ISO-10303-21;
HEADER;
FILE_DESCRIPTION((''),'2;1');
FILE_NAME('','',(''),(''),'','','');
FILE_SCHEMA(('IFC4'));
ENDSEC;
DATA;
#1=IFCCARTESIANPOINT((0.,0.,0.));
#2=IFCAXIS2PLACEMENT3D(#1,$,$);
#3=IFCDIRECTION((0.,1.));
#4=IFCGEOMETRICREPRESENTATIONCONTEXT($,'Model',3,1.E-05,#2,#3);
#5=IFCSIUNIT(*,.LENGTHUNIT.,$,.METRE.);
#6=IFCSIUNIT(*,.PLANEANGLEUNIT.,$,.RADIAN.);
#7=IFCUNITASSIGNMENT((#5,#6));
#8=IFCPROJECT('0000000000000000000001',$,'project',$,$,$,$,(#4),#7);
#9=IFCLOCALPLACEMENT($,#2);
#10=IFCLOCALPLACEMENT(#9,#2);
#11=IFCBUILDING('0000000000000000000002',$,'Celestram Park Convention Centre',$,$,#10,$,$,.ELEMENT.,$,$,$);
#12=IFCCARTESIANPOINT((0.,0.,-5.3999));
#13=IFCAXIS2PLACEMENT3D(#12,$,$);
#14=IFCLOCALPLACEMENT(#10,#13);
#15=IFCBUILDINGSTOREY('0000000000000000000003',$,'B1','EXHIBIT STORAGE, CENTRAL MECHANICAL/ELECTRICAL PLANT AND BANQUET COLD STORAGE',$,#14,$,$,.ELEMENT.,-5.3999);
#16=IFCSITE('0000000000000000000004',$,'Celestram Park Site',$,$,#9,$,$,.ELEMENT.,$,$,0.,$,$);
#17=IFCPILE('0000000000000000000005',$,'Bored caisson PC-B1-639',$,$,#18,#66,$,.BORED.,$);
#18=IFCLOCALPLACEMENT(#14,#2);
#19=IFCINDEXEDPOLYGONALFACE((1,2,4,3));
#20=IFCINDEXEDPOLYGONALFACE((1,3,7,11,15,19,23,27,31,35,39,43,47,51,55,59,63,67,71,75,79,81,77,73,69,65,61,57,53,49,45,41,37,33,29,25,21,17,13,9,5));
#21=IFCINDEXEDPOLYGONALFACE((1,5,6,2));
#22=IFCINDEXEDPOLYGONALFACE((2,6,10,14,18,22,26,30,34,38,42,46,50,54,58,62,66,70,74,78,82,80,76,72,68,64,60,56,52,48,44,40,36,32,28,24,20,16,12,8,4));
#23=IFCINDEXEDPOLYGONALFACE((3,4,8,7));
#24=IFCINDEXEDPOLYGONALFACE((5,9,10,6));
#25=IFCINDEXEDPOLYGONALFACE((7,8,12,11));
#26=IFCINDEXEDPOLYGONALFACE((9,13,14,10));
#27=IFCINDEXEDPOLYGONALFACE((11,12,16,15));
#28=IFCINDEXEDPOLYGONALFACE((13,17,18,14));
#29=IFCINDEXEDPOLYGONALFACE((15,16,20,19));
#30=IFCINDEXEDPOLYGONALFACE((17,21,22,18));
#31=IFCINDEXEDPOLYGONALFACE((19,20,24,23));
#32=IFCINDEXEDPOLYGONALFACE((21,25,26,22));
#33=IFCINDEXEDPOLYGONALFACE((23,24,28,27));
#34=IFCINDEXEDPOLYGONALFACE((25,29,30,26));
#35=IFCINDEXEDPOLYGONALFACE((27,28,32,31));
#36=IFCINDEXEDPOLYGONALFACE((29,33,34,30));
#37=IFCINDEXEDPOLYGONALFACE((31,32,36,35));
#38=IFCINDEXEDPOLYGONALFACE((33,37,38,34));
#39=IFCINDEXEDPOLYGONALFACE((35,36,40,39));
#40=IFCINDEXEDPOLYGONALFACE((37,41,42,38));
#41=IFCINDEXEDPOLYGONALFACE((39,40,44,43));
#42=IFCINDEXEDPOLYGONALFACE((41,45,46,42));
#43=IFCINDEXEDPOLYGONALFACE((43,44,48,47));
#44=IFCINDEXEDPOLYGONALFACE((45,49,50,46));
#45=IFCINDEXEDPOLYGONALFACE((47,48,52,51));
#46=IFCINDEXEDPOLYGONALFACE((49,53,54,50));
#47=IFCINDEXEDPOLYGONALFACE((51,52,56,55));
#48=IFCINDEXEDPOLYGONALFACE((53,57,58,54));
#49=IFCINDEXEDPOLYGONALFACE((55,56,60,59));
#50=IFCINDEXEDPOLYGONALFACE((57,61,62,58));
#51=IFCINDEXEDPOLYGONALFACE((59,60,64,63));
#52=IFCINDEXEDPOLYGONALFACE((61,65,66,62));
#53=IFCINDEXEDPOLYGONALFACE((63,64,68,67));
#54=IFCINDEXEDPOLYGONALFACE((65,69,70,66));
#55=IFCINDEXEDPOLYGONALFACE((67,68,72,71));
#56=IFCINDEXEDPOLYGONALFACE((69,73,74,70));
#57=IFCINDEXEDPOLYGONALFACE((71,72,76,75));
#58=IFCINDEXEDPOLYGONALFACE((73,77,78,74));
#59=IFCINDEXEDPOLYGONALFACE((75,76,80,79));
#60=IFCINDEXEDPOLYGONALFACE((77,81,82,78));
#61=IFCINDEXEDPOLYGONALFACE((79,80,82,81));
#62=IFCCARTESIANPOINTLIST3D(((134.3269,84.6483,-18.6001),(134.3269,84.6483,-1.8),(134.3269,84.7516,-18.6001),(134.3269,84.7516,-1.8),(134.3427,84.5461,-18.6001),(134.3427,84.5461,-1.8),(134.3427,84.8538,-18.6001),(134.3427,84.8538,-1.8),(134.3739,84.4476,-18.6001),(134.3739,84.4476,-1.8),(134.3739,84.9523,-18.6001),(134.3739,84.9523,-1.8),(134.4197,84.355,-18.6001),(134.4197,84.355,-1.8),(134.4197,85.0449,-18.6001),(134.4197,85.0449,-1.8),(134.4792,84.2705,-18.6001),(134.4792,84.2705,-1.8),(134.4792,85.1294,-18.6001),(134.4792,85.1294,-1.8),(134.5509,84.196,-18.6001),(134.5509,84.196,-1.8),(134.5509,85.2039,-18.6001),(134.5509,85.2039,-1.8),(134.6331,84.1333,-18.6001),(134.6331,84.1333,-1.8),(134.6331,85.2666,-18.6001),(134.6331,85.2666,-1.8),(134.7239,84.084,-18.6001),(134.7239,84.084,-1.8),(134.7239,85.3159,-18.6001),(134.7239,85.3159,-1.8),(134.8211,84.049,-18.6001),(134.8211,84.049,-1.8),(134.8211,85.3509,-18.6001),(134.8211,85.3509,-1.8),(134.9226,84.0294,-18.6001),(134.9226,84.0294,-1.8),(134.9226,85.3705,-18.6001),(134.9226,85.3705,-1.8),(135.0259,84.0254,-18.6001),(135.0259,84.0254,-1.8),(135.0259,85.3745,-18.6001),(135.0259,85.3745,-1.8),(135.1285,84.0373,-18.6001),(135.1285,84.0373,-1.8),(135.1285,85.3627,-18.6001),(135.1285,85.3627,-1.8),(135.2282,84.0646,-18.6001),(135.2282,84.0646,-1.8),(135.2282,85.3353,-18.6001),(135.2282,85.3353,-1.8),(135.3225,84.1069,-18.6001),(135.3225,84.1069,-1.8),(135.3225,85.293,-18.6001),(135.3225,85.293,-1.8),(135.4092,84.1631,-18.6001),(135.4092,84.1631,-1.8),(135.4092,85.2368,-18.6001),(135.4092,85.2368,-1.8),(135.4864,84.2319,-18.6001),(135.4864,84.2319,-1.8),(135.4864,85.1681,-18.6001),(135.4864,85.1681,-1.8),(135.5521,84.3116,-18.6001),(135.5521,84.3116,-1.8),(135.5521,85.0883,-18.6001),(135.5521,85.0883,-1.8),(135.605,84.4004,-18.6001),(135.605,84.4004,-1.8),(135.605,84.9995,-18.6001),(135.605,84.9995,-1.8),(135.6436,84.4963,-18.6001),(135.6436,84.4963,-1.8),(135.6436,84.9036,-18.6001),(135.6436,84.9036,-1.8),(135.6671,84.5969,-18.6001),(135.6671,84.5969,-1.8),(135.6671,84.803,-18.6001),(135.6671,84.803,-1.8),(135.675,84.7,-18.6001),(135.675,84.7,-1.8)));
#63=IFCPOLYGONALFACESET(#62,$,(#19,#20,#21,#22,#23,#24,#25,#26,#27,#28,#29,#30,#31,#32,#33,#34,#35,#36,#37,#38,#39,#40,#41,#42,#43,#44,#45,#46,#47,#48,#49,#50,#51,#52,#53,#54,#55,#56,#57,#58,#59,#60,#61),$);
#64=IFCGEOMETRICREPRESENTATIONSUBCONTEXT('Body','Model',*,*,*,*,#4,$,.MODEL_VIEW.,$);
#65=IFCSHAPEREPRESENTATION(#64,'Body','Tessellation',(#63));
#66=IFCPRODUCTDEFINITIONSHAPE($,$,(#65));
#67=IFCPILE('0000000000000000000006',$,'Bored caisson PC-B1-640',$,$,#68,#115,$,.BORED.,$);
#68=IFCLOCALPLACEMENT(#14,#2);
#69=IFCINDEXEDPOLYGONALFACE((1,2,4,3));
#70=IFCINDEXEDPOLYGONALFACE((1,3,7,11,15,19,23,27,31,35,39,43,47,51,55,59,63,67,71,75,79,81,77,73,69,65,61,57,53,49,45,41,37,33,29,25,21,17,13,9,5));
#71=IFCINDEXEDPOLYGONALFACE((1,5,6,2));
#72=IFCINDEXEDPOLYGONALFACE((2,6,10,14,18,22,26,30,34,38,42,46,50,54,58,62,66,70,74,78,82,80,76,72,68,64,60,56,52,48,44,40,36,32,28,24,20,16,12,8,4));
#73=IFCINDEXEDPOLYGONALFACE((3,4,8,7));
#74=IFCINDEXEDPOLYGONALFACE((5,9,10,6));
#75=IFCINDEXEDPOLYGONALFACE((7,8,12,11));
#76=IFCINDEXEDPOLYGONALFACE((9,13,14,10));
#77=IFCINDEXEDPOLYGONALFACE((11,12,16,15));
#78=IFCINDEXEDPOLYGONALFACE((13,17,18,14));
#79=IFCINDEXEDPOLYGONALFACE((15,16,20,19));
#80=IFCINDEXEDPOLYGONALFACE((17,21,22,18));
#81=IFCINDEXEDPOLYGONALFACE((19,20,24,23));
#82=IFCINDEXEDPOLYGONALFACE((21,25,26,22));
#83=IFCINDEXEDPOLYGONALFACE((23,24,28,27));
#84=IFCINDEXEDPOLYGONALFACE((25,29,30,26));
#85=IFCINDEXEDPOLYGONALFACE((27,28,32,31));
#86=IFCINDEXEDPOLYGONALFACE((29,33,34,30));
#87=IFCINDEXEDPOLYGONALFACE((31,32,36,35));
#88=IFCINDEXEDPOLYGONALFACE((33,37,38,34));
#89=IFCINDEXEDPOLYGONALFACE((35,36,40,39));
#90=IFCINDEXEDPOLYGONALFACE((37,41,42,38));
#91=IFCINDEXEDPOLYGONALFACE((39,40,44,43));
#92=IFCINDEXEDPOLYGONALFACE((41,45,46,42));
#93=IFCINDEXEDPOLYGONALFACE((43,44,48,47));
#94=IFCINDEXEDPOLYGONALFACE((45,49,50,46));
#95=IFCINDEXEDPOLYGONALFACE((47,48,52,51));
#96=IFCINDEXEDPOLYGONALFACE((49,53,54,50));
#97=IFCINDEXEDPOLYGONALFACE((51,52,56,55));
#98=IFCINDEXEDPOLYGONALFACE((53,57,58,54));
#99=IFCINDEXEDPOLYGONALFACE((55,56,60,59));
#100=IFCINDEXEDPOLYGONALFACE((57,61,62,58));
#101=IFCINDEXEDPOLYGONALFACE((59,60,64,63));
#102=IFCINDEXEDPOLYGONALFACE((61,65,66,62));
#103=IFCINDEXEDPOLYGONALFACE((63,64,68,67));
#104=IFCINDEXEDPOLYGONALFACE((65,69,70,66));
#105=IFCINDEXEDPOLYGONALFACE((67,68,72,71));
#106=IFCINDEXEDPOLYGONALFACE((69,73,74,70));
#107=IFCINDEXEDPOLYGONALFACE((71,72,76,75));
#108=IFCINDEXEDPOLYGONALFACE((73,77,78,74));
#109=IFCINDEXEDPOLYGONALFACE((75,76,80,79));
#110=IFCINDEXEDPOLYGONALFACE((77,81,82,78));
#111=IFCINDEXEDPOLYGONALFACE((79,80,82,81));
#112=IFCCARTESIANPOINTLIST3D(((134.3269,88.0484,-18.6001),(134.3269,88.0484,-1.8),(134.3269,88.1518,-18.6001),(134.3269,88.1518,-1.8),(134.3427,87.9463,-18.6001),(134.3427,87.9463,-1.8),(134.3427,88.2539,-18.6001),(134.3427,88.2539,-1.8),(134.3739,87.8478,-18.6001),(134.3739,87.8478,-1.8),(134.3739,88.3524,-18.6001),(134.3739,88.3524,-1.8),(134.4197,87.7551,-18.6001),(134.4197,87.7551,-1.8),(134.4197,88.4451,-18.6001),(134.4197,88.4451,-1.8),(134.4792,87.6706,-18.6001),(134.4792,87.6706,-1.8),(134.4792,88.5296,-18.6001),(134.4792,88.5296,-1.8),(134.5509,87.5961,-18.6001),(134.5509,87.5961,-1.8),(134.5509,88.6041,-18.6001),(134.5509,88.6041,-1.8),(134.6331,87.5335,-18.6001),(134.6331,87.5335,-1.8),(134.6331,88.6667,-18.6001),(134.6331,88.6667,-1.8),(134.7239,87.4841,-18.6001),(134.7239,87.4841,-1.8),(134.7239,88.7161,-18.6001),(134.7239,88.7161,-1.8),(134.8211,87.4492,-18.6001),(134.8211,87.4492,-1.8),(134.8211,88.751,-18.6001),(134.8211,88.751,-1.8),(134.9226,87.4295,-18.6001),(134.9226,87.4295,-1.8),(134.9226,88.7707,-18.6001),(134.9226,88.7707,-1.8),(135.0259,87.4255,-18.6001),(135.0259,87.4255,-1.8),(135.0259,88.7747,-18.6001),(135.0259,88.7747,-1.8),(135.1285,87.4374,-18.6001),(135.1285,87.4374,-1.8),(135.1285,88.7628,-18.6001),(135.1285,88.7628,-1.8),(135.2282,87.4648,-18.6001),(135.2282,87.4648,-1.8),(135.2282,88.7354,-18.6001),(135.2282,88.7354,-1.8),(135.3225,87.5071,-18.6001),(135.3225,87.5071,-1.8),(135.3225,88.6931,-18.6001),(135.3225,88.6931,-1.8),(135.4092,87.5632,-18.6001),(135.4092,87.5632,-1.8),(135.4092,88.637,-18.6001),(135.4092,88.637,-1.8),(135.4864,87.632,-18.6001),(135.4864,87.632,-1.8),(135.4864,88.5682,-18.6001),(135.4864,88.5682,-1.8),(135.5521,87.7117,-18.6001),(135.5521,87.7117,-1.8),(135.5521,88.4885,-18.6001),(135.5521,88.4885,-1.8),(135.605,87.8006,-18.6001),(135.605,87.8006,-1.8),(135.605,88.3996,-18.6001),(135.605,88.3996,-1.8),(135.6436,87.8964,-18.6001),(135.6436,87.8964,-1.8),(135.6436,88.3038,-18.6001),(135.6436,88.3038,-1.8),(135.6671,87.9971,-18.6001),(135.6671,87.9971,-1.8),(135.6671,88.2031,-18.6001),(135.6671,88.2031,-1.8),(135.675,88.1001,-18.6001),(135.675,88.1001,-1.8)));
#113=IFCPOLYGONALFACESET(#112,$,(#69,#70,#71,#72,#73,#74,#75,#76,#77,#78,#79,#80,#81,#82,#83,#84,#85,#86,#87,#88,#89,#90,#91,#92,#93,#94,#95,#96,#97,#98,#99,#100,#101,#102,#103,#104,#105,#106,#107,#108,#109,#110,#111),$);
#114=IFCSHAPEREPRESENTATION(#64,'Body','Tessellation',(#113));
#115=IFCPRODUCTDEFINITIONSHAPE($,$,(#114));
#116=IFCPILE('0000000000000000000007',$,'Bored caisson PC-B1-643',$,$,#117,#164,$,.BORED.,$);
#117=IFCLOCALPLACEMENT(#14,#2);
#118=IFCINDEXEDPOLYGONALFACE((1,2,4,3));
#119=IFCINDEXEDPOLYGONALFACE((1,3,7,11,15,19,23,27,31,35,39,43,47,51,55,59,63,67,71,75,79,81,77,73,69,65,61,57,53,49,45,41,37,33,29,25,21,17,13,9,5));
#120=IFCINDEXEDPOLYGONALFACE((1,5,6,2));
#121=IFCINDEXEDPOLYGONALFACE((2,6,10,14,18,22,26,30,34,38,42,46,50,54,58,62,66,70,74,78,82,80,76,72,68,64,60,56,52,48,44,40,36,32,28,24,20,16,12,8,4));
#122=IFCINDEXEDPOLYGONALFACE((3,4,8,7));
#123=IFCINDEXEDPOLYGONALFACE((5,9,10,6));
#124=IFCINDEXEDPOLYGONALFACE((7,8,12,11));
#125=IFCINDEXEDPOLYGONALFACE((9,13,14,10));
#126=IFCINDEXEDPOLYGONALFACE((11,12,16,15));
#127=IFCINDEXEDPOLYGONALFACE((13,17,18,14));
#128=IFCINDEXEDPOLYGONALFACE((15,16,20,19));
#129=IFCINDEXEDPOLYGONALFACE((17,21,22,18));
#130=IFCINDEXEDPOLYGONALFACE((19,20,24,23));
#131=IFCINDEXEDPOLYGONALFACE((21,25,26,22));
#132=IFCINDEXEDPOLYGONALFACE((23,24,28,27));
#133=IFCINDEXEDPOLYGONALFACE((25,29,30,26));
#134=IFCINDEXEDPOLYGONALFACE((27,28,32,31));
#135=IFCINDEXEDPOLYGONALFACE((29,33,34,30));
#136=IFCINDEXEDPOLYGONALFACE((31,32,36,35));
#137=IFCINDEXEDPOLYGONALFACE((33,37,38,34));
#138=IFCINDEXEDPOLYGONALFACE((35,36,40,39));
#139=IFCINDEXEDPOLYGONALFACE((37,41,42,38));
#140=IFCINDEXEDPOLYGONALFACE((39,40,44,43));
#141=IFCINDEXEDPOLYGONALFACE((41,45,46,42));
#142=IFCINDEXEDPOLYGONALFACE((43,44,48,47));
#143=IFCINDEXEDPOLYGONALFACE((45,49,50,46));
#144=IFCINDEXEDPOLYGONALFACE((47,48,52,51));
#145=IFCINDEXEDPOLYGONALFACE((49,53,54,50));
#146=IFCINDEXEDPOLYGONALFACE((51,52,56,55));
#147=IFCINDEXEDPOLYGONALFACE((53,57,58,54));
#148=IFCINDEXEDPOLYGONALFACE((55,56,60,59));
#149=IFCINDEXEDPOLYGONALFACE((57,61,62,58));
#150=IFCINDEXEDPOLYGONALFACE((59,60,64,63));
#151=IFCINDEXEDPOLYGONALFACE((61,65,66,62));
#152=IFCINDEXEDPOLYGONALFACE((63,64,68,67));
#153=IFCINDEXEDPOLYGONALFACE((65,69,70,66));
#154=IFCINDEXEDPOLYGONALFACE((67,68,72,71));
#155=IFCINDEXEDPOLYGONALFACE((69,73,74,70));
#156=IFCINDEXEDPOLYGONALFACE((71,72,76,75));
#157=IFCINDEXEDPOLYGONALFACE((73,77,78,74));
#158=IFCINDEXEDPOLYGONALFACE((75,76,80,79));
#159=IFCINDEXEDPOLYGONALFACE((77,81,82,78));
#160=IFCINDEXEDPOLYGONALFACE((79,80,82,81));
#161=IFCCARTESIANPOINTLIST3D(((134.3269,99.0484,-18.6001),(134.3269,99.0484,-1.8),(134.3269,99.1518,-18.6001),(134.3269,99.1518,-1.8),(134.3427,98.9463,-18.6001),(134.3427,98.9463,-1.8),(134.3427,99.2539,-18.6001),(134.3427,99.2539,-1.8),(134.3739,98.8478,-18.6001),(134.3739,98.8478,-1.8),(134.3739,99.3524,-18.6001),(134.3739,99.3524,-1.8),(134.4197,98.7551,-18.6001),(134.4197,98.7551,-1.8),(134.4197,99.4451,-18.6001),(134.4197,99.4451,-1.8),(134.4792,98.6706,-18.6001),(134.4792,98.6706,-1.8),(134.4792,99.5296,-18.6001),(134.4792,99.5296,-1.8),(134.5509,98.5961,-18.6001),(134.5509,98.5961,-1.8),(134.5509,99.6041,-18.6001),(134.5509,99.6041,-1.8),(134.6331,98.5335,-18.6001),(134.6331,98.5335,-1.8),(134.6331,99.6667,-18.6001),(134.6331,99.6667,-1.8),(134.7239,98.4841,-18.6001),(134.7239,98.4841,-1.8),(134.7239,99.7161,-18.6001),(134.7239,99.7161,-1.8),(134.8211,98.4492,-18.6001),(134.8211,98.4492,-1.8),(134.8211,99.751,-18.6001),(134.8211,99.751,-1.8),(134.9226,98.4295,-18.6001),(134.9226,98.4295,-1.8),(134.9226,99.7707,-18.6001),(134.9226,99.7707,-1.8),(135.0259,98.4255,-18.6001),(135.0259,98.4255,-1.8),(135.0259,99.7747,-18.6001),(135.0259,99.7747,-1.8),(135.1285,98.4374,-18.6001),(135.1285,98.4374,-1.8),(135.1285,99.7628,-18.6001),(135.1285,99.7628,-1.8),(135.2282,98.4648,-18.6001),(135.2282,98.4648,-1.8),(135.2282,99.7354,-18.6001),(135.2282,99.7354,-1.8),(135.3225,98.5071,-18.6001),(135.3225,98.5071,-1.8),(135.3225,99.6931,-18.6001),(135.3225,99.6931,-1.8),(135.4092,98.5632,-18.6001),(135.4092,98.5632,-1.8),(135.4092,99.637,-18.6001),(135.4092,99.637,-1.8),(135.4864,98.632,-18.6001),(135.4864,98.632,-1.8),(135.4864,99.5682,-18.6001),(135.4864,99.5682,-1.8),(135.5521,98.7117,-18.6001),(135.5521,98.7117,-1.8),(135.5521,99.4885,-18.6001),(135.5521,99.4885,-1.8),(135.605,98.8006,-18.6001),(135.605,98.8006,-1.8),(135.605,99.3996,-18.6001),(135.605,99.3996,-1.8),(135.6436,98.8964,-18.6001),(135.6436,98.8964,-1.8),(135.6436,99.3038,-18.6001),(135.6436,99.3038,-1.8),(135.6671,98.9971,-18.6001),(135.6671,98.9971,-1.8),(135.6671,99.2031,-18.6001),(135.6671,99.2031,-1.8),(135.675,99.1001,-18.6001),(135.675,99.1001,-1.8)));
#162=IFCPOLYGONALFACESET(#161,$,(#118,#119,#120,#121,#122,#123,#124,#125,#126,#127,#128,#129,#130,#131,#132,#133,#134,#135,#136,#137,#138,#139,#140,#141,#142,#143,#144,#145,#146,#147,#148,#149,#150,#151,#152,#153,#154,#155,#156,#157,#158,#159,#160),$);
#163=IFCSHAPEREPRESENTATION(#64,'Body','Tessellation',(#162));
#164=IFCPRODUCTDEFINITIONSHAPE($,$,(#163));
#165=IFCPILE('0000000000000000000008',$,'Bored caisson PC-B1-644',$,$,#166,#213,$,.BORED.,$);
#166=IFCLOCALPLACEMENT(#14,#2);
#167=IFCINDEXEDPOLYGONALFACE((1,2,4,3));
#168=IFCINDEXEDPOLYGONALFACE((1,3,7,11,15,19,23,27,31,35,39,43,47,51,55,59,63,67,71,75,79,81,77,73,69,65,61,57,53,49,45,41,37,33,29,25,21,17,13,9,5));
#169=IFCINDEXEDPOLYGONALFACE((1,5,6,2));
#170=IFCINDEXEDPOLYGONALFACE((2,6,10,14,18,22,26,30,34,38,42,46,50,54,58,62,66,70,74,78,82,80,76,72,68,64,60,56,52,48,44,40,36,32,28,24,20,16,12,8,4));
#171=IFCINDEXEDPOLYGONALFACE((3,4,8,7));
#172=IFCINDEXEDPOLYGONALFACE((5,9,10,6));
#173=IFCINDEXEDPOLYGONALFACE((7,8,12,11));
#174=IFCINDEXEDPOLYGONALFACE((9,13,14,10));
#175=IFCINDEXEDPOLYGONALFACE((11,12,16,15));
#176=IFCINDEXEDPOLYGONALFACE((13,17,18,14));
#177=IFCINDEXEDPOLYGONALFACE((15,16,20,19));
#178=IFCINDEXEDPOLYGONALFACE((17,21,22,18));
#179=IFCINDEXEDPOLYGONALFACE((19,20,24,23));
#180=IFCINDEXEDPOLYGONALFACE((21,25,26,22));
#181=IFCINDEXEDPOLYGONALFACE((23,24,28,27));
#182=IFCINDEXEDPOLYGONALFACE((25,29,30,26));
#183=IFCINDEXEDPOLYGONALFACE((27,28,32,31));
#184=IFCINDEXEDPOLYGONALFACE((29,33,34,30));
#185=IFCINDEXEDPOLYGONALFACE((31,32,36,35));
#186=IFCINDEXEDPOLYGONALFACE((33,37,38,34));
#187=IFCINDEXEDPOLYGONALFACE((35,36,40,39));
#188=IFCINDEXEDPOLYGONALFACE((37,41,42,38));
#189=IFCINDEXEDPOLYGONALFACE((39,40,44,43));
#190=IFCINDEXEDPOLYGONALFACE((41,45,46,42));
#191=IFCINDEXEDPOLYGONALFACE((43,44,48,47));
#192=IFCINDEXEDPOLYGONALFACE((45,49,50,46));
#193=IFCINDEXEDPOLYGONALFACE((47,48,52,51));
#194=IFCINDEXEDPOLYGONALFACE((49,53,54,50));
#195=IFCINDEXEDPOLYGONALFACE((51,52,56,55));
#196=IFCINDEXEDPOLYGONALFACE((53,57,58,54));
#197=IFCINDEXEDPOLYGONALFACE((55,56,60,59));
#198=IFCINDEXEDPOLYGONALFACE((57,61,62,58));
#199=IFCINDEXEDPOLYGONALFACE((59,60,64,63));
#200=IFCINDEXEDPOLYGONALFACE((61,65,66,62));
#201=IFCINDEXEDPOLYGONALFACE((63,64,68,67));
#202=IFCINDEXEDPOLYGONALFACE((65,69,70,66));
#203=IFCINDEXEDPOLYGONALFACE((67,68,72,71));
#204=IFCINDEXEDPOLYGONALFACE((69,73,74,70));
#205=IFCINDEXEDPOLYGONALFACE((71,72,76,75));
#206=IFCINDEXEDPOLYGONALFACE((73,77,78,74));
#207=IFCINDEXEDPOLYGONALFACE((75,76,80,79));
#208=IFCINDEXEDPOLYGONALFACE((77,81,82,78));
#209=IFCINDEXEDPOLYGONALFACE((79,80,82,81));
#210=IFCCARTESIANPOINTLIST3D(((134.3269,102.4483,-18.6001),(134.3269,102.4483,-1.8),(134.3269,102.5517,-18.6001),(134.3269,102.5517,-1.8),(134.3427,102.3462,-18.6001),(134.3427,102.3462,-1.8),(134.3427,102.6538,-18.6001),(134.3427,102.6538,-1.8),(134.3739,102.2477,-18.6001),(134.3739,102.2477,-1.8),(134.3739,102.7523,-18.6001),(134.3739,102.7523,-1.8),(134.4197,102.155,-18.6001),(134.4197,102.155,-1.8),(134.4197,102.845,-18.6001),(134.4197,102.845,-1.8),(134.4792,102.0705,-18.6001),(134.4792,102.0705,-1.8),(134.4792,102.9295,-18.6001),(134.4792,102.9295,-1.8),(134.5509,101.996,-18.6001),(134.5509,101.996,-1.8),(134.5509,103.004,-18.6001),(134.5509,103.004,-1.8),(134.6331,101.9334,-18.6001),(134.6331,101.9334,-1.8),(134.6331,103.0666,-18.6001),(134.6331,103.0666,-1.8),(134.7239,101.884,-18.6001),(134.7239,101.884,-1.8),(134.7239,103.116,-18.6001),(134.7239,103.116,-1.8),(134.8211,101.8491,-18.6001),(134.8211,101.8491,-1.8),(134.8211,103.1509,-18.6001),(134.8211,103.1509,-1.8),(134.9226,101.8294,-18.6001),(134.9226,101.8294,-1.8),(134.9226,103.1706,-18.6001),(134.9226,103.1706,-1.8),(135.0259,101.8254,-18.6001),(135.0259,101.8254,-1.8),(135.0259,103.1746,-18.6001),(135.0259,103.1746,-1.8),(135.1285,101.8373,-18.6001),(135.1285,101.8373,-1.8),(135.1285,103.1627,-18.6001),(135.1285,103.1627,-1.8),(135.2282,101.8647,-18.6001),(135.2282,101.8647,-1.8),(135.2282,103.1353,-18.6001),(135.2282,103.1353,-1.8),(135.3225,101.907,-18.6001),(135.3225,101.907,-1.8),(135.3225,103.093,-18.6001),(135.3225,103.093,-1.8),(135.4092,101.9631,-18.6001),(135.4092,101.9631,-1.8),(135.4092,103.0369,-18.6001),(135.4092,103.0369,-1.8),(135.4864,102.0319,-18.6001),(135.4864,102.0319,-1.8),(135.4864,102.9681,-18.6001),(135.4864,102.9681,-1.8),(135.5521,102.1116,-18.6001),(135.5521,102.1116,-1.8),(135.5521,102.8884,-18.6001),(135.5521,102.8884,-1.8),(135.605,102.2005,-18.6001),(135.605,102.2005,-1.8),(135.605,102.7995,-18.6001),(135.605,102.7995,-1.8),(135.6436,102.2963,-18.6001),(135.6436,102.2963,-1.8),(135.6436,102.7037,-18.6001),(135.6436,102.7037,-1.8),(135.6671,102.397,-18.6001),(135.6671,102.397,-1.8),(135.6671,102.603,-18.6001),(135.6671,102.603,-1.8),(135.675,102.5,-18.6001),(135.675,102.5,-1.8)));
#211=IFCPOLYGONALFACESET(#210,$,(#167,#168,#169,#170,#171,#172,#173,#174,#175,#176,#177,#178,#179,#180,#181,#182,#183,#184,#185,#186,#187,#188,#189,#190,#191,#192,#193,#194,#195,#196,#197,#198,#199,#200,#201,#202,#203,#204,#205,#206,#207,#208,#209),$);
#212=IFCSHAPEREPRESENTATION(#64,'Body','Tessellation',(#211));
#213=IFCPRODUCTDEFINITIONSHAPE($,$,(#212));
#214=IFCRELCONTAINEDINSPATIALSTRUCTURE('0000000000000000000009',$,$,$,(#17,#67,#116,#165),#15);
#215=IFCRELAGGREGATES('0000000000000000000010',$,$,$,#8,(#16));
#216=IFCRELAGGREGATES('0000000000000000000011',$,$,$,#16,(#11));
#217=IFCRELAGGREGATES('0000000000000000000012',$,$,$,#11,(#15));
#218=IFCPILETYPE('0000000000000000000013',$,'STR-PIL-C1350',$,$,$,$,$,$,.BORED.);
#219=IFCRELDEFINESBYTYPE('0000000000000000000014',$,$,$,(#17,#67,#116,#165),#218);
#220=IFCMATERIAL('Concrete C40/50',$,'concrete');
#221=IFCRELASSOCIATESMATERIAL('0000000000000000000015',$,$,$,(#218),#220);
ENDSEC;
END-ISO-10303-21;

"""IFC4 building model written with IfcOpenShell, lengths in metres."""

from ifc_helpers import new_model, si_unit, direction, frame, origin, origin_2d, place, context, subcontext, project, spatial, circle, extrude, material, material_profile, profile_set, type_object, element, save


model = new_model("IFC4")

# Units and contexts
model_context = context("Model", 3, precision=1e-05, world=origin(), true_north=direction((0.0, 1.0)))
body_context = subcontext(model_context, "Body", "Model", "MODEL_VIEW")
ifc_project = project(units=[si_unit("LENGTHUNIT", "METRE"), si_unit("PLANEANGLEUNIT", "RADIAN")], contexts=[model_context])

# Site, building, storey
site_placement = place(None, origin())
site = spatial("IfcSite", under=ifc_project, at=site_placement, Name="Celestram Park Site", CompositionType="ELEMENT", RefElevation=0.0)
building_placement = place(site_placement, origin())
building = spatial("IfcBuilding", under=site, at=building_placement, Name="Celestram Park Convention Centre", CompositionType="ELEMENT")
storey_placement = place(building_placement, frame((0.0, 0.0, -5.3999)))
storey = spatial("IfcBuildingStorey", under=building, at=storey_placement, Name="B1", Description="EXHIBIT STORAGE, CENTRAL MECHANICAL/ELECTRICAL PLANT AND BANQUET COLD STORAGE", CompositionType="ELEMENT", Elevation=-5.3999)

# Shared definitions
ifc_material_1 = material(Name="Concrete C40/50", Category="concrete")

# Piles
ifc_material_profile_1 = material_profile(ifc_material_1, circle(Radius=0.675, at=origin_2d()), Name="CAISSON1350")
ifc_profile_set_1 = profile_set([ifc_material_profile_1], Name="Concrete C40/50")
pile_type_1 = type_object("IfcPileType", Name="STR-PIL-C1350", PredefinedType="BORED", material=ifc_profile_set_1)
for number, where, z_axis, x_axis, name in (
    (1, (135.0, 84.7, -1.8), (0.0, 0.0, -1.0), (1.0, 0.0, 0.0), "Bored caisson PC-B1-639"),
    (2, (135.0, 88.1001, -1.8), (0.0, 0.0, -1.0), (1.0, 0.0, 0.0), "Bored caisson PC-B1-640"),
    (3, (135.0, 99.1001, -1.8), (0.0, 0.0, -1.0), (1.0, 0.0, 0.0), "Bored caisson PC-B1-643"),
    (4, (135.0, 102.5, -1.8), (0.0, 0.0, -1.0), (1.0, 0.0, 0.0), "Bored caisson PC-B1-644"),
):
    element("IfcPile", number, at=place(storey_placement, frame(where, z_axis=z_axis, x_axis=x_axis)), inside=storey, type_object=pile_type_1, Name=name, PredefinedType="BORED", context=body_context, shape_type="SweptSolid", body=[
        extrude(circle(Radius=0.675, at=origin_2d()), origin(), (0.0, 0.0, 1.0), 16.8),
    ])

save(model, "model.ifc")
